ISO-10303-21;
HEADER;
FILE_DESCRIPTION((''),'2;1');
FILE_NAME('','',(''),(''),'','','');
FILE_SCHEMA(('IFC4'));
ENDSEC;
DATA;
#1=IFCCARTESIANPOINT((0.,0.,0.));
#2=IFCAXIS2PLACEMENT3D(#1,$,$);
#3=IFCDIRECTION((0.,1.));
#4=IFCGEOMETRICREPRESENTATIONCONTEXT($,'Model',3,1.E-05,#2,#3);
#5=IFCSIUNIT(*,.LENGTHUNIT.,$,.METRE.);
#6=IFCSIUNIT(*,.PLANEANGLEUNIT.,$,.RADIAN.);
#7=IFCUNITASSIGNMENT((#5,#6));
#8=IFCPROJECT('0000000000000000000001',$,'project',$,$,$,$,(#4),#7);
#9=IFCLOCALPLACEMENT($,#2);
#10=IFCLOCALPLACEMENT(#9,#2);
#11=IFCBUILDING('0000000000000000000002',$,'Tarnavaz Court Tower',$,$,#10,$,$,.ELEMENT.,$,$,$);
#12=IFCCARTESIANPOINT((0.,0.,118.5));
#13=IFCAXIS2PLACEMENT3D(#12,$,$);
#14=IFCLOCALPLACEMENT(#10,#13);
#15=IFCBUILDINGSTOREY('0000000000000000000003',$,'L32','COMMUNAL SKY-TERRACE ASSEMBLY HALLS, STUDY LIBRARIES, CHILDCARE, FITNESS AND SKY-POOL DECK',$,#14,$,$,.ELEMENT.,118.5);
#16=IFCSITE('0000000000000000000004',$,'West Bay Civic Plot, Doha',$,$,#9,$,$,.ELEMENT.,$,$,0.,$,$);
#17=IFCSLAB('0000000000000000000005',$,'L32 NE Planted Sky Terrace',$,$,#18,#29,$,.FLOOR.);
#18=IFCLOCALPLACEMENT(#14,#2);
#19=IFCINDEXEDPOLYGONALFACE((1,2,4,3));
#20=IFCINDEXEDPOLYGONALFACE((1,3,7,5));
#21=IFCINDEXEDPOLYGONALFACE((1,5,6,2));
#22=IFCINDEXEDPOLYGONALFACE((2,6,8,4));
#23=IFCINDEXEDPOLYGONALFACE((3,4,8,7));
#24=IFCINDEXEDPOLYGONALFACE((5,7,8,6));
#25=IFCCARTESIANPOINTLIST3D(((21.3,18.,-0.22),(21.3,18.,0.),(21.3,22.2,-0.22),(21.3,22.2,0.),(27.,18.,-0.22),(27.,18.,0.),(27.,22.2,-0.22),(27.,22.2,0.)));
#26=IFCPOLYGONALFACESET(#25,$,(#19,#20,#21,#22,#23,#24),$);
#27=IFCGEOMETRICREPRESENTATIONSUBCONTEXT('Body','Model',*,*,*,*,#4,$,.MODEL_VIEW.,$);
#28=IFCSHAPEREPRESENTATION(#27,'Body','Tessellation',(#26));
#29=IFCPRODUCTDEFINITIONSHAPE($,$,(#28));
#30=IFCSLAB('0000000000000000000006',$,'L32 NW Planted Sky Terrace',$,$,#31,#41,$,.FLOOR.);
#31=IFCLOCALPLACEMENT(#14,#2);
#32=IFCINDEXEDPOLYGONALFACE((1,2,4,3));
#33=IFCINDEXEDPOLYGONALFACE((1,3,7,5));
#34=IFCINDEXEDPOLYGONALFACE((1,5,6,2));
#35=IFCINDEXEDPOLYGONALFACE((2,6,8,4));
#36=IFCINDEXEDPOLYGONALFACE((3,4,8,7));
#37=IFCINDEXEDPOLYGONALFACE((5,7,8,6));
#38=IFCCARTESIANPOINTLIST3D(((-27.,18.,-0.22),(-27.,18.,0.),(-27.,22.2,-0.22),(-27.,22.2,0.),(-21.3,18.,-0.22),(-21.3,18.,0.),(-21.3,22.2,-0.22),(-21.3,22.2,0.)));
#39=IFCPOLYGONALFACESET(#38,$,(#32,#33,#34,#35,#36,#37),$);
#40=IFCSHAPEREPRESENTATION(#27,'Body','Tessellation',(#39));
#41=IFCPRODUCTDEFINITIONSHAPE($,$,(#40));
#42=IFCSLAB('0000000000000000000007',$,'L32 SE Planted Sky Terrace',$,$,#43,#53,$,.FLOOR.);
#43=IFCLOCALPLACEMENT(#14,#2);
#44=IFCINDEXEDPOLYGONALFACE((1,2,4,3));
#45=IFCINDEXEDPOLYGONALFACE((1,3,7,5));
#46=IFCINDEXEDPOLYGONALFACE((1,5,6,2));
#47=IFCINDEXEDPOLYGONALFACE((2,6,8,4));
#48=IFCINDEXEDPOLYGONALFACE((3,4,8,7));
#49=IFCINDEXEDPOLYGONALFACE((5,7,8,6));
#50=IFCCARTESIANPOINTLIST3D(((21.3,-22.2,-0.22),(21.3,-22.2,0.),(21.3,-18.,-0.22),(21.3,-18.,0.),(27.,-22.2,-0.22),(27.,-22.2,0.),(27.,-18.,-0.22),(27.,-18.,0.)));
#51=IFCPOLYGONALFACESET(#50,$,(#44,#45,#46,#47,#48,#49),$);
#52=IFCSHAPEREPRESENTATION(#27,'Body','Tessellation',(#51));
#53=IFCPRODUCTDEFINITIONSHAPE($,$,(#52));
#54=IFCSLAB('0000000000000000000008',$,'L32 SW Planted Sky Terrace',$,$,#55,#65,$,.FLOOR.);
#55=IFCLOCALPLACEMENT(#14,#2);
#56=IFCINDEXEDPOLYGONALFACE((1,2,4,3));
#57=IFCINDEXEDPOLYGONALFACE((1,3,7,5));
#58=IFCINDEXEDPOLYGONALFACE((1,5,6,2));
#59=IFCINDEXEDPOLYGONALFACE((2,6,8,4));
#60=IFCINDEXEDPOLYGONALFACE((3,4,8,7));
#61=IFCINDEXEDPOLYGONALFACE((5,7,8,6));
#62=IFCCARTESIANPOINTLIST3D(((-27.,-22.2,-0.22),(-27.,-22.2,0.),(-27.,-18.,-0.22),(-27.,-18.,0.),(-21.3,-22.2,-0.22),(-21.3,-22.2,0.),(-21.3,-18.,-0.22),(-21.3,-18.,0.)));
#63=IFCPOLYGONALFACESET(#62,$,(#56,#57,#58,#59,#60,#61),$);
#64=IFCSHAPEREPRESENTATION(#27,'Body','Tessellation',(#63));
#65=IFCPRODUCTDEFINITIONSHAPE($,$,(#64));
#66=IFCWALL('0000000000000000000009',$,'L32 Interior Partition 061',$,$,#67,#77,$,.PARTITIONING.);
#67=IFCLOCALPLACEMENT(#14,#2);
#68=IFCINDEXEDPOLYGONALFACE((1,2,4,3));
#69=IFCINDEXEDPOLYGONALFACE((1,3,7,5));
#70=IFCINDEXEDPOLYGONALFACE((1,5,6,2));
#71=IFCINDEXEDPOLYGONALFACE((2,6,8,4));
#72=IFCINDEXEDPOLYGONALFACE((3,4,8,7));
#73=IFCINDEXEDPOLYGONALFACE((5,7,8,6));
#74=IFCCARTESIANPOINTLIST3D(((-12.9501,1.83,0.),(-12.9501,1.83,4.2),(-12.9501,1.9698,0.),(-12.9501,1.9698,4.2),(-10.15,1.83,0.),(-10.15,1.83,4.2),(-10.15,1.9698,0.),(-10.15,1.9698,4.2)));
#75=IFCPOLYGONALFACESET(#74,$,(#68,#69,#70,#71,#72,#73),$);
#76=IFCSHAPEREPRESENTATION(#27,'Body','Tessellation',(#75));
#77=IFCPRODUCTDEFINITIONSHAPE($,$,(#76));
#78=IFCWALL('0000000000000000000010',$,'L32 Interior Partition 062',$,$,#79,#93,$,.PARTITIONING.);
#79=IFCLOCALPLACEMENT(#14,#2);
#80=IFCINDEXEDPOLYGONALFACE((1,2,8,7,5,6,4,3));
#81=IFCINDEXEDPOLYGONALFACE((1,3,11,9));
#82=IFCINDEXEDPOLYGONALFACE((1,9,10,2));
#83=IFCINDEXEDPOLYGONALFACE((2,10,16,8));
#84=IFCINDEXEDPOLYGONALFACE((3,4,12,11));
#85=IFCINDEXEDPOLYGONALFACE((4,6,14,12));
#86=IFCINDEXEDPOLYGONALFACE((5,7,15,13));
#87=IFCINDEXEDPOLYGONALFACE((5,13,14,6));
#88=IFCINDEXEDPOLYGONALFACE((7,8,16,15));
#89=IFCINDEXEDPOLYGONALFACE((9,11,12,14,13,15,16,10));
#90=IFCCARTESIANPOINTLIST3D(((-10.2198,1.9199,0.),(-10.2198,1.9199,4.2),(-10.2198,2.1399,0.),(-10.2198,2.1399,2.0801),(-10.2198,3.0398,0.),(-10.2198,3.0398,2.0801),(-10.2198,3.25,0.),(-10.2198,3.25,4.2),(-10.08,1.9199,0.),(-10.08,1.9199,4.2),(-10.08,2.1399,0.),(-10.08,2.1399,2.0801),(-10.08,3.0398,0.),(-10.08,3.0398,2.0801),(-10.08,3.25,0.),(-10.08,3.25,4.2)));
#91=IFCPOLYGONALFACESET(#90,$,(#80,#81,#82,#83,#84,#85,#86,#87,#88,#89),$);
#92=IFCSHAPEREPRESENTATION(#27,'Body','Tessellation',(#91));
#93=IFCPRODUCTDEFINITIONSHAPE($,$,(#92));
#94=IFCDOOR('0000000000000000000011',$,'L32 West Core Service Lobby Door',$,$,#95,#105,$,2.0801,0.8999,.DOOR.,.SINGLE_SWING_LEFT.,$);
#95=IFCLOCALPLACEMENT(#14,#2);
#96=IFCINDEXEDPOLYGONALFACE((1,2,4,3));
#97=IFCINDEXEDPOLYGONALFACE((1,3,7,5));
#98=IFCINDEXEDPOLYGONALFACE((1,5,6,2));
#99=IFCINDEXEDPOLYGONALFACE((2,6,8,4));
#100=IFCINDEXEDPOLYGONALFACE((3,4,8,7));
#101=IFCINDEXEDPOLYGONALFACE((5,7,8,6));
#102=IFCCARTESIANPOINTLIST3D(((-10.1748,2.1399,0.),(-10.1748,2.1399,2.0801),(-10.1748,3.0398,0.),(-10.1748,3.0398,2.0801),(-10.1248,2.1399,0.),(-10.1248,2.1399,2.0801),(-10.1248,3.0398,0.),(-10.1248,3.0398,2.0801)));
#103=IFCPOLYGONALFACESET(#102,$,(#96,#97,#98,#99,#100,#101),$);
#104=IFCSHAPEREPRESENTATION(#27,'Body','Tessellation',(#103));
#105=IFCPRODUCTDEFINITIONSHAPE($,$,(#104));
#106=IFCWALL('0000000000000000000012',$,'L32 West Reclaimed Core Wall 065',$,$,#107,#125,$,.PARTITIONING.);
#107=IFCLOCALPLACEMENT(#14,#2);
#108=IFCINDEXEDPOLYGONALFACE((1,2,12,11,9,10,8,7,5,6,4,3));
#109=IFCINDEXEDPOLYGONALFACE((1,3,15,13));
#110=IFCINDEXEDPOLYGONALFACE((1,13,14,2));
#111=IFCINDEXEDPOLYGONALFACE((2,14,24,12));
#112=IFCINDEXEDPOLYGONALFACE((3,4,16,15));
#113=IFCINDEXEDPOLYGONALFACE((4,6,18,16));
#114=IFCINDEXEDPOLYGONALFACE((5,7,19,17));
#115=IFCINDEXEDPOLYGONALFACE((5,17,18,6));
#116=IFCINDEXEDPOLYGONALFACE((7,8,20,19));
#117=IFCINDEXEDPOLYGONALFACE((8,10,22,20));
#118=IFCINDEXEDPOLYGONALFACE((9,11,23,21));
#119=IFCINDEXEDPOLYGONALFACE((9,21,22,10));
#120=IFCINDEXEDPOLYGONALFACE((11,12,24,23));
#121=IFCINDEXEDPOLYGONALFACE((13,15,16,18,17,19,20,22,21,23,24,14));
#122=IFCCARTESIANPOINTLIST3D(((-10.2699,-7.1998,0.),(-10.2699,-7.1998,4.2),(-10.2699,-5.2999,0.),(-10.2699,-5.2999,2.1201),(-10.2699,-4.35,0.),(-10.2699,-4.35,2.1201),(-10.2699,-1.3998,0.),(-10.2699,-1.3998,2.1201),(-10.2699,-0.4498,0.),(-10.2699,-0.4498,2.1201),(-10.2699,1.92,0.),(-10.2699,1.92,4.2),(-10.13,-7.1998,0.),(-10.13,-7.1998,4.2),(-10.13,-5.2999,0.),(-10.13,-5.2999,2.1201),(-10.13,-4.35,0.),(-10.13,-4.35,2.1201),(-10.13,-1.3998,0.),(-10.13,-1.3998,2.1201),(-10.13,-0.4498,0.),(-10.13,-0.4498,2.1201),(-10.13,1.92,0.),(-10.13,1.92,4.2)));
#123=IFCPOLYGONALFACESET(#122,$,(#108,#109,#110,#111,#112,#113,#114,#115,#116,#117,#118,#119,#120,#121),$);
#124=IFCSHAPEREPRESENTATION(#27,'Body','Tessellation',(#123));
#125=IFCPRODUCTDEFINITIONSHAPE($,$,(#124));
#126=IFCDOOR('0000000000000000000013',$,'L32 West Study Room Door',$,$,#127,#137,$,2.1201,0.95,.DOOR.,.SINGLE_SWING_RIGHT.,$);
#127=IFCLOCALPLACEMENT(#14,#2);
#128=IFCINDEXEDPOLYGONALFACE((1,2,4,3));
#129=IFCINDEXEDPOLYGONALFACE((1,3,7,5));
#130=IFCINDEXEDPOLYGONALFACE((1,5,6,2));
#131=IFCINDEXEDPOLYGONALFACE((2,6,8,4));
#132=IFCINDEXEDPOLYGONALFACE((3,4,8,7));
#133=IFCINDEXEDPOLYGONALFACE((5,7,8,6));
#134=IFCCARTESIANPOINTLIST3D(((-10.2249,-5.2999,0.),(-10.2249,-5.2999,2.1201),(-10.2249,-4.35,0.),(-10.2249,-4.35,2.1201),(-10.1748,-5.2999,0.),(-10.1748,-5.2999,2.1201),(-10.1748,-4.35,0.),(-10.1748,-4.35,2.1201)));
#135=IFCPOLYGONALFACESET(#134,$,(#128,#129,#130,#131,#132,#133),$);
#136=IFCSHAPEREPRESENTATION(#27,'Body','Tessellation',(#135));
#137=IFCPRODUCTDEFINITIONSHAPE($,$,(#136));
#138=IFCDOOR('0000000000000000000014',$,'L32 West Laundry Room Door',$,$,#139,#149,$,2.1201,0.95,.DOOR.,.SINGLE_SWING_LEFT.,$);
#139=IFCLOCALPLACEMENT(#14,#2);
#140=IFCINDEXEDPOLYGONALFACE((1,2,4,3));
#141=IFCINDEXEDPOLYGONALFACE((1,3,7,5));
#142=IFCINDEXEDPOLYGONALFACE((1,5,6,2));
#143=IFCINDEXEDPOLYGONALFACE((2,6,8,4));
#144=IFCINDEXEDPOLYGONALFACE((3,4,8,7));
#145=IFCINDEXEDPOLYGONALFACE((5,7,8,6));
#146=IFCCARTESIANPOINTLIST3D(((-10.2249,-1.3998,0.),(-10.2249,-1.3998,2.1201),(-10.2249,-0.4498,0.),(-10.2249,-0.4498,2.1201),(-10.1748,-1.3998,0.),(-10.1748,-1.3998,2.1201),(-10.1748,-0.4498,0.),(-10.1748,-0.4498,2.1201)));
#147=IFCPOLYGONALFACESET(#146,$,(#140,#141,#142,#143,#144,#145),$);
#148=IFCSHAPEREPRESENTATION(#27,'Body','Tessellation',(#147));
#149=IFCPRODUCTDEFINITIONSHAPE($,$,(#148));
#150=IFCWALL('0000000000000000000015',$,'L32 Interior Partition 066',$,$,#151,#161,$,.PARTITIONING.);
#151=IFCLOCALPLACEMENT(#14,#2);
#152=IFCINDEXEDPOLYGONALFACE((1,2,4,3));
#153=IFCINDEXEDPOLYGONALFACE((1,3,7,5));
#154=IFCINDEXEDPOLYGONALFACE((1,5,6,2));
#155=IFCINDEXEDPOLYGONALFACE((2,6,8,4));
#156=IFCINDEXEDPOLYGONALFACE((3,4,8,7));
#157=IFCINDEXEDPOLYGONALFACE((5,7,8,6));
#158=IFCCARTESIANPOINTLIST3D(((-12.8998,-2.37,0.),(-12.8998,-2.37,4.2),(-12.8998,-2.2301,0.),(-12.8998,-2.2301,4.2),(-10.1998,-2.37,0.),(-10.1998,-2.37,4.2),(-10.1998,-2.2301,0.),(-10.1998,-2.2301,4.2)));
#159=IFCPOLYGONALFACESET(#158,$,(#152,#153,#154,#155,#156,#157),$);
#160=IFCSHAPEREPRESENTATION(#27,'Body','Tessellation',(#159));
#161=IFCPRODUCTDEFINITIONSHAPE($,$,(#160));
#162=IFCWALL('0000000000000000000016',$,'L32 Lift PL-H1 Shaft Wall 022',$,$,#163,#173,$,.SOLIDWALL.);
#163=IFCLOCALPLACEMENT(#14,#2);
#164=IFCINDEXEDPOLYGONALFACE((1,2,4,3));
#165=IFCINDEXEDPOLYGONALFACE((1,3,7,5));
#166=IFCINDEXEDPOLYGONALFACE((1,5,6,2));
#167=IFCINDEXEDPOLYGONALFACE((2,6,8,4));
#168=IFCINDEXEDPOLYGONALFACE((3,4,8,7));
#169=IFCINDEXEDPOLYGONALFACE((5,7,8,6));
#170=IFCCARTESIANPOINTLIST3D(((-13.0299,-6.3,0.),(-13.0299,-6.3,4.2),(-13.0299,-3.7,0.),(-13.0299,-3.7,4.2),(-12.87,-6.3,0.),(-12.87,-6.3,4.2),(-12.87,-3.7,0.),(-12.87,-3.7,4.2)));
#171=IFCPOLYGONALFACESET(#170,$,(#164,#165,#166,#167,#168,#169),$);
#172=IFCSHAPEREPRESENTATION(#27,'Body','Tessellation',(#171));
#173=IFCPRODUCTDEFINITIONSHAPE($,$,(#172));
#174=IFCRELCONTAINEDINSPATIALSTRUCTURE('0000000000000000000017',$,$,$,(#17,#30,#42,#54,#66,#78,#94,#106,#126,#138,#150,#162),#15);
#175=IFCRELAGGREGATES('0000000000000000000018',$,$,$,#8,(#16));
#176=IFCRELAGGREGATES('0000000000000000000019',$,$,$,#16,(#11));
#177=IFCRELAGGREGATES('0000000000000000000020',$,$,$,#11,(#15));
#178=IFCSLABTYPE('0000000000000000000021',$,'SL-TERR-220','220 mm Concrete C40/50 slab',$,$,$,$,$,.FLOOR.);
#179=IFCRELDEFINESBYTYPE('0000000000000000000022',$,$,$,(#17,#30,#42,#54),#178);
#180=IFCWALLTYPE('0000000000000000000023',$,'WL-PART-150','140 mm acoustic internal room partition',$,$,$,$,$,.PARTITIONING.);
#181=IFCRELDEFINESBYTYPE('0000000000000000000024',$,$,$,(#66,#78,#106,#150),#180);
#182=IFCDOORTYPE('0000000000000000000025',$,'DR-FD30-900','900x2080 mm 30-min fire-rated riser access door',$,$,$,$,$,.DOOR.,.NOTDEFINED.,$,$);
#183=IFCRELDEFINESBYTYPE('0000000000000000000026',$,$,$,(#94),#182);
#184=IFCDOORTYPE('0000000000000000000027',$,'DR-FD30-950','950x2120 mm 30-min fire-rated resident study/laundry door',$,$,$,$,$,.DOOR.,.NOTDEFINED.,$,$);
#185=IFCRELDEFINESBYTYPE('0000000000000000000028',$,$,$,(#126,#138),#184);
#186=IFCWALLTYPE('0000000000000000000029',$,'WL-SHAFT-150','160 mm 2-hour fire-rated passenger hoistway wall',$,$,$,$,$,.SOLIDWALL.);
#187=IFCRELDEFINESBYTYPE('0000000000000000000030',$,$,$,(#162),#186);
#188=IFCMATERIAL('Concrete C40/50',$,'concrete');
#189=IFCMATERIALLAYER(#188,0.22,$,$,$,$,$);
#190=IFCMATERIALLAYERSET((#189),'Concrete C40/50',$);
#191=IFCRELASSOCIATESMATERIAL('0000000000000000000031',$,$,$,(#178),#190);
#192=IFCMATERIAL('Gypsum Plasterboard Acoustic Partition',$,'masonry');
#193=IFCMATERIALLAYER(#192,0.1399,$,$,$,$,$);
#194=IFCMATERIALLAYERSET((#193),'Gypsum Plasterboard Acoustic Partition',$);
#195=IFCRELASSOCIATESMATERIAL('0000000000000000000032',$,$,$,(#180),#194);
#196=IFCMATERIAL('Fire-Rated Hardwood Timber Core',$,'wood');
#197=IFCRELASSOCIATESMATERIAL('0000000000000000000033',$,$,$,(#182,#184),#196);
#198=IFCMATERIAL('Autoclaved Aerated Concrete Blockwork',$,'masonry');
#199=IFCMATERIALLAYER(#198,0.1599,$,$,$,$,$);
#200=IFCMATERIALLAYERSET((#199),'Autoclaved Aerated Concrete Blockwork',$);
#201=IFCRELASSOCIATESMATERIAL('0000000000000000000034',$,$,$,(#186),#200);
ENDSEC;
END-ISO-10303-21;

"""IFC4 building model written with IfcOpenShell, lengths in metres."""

from ifc_helpers import new_model, si_unit, direction, frame, frame_2d, origin, place, context, subcontext, project, spatial, polyline, rectangle, outline, extrude, material, layer, layer_set, type_object, element, fill, save


model = new_model("IFC4")

# Units and contexts
model_context = context("Model", 3, precision=1e-05, world=origin(), true_north=direction((0.0, 1.0)))
body_context = subcontext(model_context, "Body", "Model", "MODEL_VIEW")
ifc_project = project(units=[si_unit("LENGTHUNIT", "METRE"), si_unit("PLANEANGLEUNIT", "RADIAN")], contexts=[model_context])

# Site, building, storey
site_placement = place(None, origin())
site = spatial("IfcSite", under=ifc_project, at=site_placement, Name="West Bay Civic Plot, Doha", CompositionType="ELEMENT", RefElevation=0.0)
building_placement = place(site_placement, origin())
building = spatial("IfcBuilding", under=site, at=building_placement, Name="Tarnavaz Court Tower", CompositionType="ELEMENT")
storey_placement = place(building_placement, frame((0.0, 0.0, 118.5)))
storey = spatial("IfcBuildingStorey", under=building, at=storey_placement, Name="L32", Description="COMMUNAL SKY-TERRACE ASSEMBLY HALLS, STUDY LIBRARIES, CHILDCARE, FITNESS AND SKY-POOL DECK", CompositionType="ELEMENT", Elevation=118.5)

# Slabs
ifc_material_1 = material(Name="Concrete C40/50", Category="concrete")
ifc_layer_1 = layer(ifc_material_1, 0.22)
ifc_layer_set_1 = layer_set([ifc_layer_1], Name="Concrete C40/50")
slab_type_1 = type_object("IfcSlabType", Name="SL-TERR-220", Description="220 mm Concrete C40/50 slab", PredefinedType="FLOOR", material=ifc_layer_set_1)
slab_1_placement = place(storey_placement, frame((0.0, 0.0, -0.22)))
element("IfcSlab", 1, at=slab_1_placement, inside=storey, type_object=slab_type_1, Name="L32 NE Planted Sky Terrace", PredefinedType="FLOOR", context=body_context, shape_type="SweptSolid", body=[
    extrude(outline(polyline([(21.3, 18.0), (27.0, 18.0), (27.0, 22.2), (21.3, 22.2), (21.3, 18.0)])), origin(), (0.0, 0.0, 1.0), 0.22),
])
slab_2_placement = place(storey_placement, frame((0.0, 0.0, -0.22)))
element("IfcSlab", 2, at=slab_2_placement, inside=storey, type_object=slab_type_1, Name="L32 NW Planted Sky Terrace", PredefinedType="FLOOR", context=body_context, shape_type="SweptSolid", body=[
    extrude(outline(polyline([(-27.0, 18.0), (-21.3, 18.0), (-21.3, 22.2), (-27.0, 22.2), (-27.0, 18.0)])), origin(), (0.0, 0.0, 1.0), 0.22),
])
slab_3_placement = place(storey_placement, frame((0.0, 0.0, -0.22)))
element("IfcSlab", 3, at=slab_3_placement, inside=storey, type_object=slab_type_1, Name="L32 SE Planted Sky Terrace", PredefinedType="FLOOR", context=body_context, shape_type="SweptSolid", body=[
    extrude(outline(polyline([(21.3, -22.2), (27.0, -22.2), (27.0, -18.0), (21.3, -18.0), (21.3, -22.2)])), origin(), (0.0, 0.0, 1.0), 0.22),
])
slab_4_placement = place(storey_placement, frame((0.0, 0.0, -0.22)))
element("IfcSlab", 4, at=slab_4_placement, inside=storey, type_object=slab_type_1, Name="L32 SW Planted Sky Terrace", PredefinedType="FLOOR", context=body_context, shape_type="SweptSolid", body=[
    extrude(outline(polyline([(-27.0, -22.2), (-21.3, -22.2), (-21.3, -18.0), (-27.0, -18.0), (-27.0, -22.2)])), origin(), (0.0, 0.0, 1.0), 0.22),
])

# Wall
ifc_material_2 = material(Name="Gypsum Plasterboard Acoustic Partition", Category="masonry")
ifc_layer_2 = layer(ifc_material_2, 0.1399)
ifc_layer_set_2 = layer_set([ifc_layer_2], Name="Gypsum Plasterboard Acoustic Partition")
wall_type_1 = type_object("IfcWallType", Name="WL-PART-150", Description="140 mm acoustic internal room partition", PredefinedType="PARTITIONING", material=ifc_layer_set_2)
wall_1_placement = place(storey_placement, frame((-12.95, 1.8999, 0.0), z_axis=(0.0, 0.0, 1.0), x_axis=(1.0, 0.0, 0.0)))
element("IfcWall", 5, at=wall_1_placement, inside=storey, type_object=wall_type_1, Name="L32 Interior Partition 061", PredefinedType="PARTITIONING", context=body_context, shape_type="SweptSolid", body=[
    extrude(rectangle(XDim=2.8, YDim=0.1399, at=frame_2d((1.3999, 0.0))), origin(), (0.0, 0.0, 1.0), 4.2),
])

# Wall, opening, door
wall_2_placement = place(storey_placement, frame((-10.1499, 1.9199, 0.0), z_axis=(0.0, 0.0, 1.0), x_axis=(0.0, 1.0, 0.0)))
wall_2 = element("IfcWall", 6, at=wall_2_placement, inside=storey, type_object=wall_type_1, Name="L32 Interior Partition 062", PredefinedType="PARTITIONING", context=body_context, shape_type="SweptSolid", body=[
    extrude(rectangle(XDim=1.3301, YDim=0.1399, at=frame_2d((0.665, 0.0))), origin(), (0.0, 0.0, 1.0), 4.2),
])
opening_1_placement = place(wall_2_placement, frame((0.22, 0.0, 0.0)))
opening_1 = element("IfcOpeningElement", 7, at=opening_1_placement, cuts=wall_2, PredefinedType="OPENING", context=body_context, shape_type="SweptSolid", body=[
    extrude(rectangle(XDim=0.8999, YDim=2.0801, at=frame_2d((0.45, 1.04))), frame((0.0, 0.0798, 0.0), z_axis=(0.0, -1.0, 0.0), x_axis=(1.0, 0.0, 0.0)), (0.0, 0.0, 1.0), 0.1599),
])
ifc_material_3 = material(Name="Fire-Rated Hardwood Timber Core", Category="wood")
door_type_1 = type_object("IfcDoorType", Name="DR-FD30-900", Description="900x2080 mm 30-min fire-rated riser access door", OperationType="NOTDEFINED", PredefinedType="DOOR", material=ifc_material_3)
door_1_placement = place(opening_1_placement, origin())
door_1 = element("IfcDoor", 8, at=door_1_placement, inside=storey, type_object=door_type_1, Name="L32 West Core Service Lobby Door", OperationType="SINGLE_SWING_LEFT", OverallHeight=2.0801, OverallWidth=0.8999, PredefinedType="DOOR", context=body_context, shape_type="SweptSolid", body=[
    extrude(rectangle(XDim=0.8999, YDim=2.0801, at=frame_2d((0.45, 1.04))), frame((0.0, 0.0249, 0.0), z_axis=(0.0, -1.0, 0.0), x_axis=(1.0, 0.0, 0.0)), (0.0, 0.0, 1.0), 0.05),
])
fill(opening_1, door_1)

# Wall, openings, doors
wall_3_placement = place(storey_placement, frame((-10.2, -7.2, 0.0), z_axis=(0.0, 0.0, 1.0), x_axis=(0.0, 1.0, 0.0)))
wall_3 = element("IfcWall", 9, at=wall_3_placement, inside=storey, type_object=wall_type_1, Name="L32 West Reclaimed Core Wall 065", PredefinedType="PARTITIONING", context=body_context, shape_type="SweptSolid", body=[
    extrude(rectangle(XDim=9.1199, YDim=0.1399, at=frame_2d((4.5601, 0.0))), origin(), (0.0, 0.0, 1.0), 4.2),
])
opening_2_placement = place(wall_3_placement, frame((1.8999, 0.0, 0.0)))
opening_2 = element("IfcOpeningElement", 10, at=opening_2_placement, cuts=wall_3, PredefinedType="OPENING", context=body_context, shape_type="SweptSolid", body=[
    extrude(rectangle(XDim=0.95, YDim=2.1201, at=frame_2d((0.4751, 1.0601))), frame((0.0, 0.0798, 0.0), z_axis=(0.0, -1.0, 0.0), x_axis=(1.0, 0.0, 0.0)), (0.0, 0.0, 1.0), 0.1599),
])
opening_3_placement = place(wall_3_placement, frame((5.8, 0.0, 0.0)))
opening_3 = element("IfcOpeningElement", 11, at=opening_3_placement, cuts=wall_3, PredefinedType="OPENING", context=body_context, shape_type="SweptSolid", body=[
    extrude(rectangle(XDim=0.95, YDim=2.1201, at=frame_2d((0.4751, 1.0601))), frame((0.0, 0.0798, 0.0), z_axis=(0.0, -1.0, 0.0), x_axis=(1.0, 0.0, 0.0)), (0.0, 0.0, 1.0), 0.1599),
])
door_type_2 = type_object("IfcDoorType", Name="DR-FD30-950", Description="950x2120 mm 30-min fire-rated resident study/laundry door", OperationType="NOTDEFINED", PredefinedType="DOOR", material=ifc_material_3)
door_2_placement = place(opening_2_placement, origin())
door_2 = element("IfcDoor", 12, at=door_2_placement, inside=storey, type_object=door_type_2, Name="L32 West Study Room Door", OperationType="SINGLE_SWING_RIGHT", OverallHeight=2.1201, OverallWidth=0.95, PredefinedType="DOOR", context=body_context, shape_type="SweptSolid", body=[
    extrude(rectangle(XDim=0.95, YDim=2.1201, at=frame_2d((0.4751, 1.0601))), frame((0.0, 0.0249, 0.0), z_axis=(0.0, -1.0, 0.0), x_axis=(1.0, 0.0, 0.0)), (0.0, 0.0, 1.0), 0.05),
])
fill(opening_2, door_2)
door_3_placement = place(opening_3_placement, origin())
door_3 = element("IfcDoor", 13, at=door_3_placement, inside=storey, type_object=door_type_2, Name="L32 West Laundry Room Door", OperationType="SINGLE_SWING_LEFT", OverallHeight=2.1201, OverallWidth=0.95, PredefinedType="DOOR", context=body_context, shape_type="SweptSolid", body=[
    extrude(rectangle(XDim=0.95, YDim=2.1201, at=frame_2d((0.4751, 1.0601))), frame((0.0, 0.0249, 0.0), z_axis=(0.0, -1.0, 0.0), x_axis=(1.0, 0.0, 0.0)), (0.0, 0.0, 1.0), 0.05),
])
fill(opening_3, door_3)

# Walls
wall_4_placement = place(storey_placement, frame((-12.8999, -2.3, 0.0), z_axis=(0.0, 0.0, 1.0), x_axis=(1.0, 0.0, 0.0)))
element("IfcWall", 14, at=wall_4_placement, inside=storey, type_object=wall_type_1, Name="L32 Interior Partition 066", PredefinedType="PARTITIONING", context=body_context, shape_type="SweptSolid", body=[
    extrude(rectangle(XDim=2.7, YDim=0.1399, at=frame_2d((1.3501, 0.0))), origin(), (0.0, 0.0, 1.0), 4.2),
])
ifc_material_4 = material(Name="Autoclaved Aerated Concrete Blockwork", Category="masonry")
ifc_layer_3 = layer(ifc_material_4, 0.1599)
ifc_layer_set_3 = layer_set([ifc_layer_3], Name="Autoclaved Aerated Concrete Blockwork")
wall_type_2 = type_object("IfcWallType", Name="WL-SHAFT-150", Description="160 mm 2-hour fire-rated passenger hoistway wall", PredefinedType="SOLIDWALL", material=ifc_layer_set_3)
for number, where, z_axis, x_axis, name in (
    (15, (-12.95, -6.3, 0.0), (0.0, 0.0, 1.0), (0.0, 1.0, 0.0), "L32 Lift PL-H1 Shaft Wall 022"),
):
    element("IfcWall", number, at=place(storey_placement, frame(where, z_axis=z_axis, x_axis=x_axis)), inside=storey, type_object=wall_type_2, Name=name, PredefinedType="SOLIDWALL", context=body_context, shape_type="SweptSolid", body=[
        extrude(rectangle(XDim=2.6001, YDim=0.1599, at=frame_2d((1.3, 0.0))), origin(), (0.0, 0.0, 1.0), 4.2),
    ])

save(model, "model.ifc")
